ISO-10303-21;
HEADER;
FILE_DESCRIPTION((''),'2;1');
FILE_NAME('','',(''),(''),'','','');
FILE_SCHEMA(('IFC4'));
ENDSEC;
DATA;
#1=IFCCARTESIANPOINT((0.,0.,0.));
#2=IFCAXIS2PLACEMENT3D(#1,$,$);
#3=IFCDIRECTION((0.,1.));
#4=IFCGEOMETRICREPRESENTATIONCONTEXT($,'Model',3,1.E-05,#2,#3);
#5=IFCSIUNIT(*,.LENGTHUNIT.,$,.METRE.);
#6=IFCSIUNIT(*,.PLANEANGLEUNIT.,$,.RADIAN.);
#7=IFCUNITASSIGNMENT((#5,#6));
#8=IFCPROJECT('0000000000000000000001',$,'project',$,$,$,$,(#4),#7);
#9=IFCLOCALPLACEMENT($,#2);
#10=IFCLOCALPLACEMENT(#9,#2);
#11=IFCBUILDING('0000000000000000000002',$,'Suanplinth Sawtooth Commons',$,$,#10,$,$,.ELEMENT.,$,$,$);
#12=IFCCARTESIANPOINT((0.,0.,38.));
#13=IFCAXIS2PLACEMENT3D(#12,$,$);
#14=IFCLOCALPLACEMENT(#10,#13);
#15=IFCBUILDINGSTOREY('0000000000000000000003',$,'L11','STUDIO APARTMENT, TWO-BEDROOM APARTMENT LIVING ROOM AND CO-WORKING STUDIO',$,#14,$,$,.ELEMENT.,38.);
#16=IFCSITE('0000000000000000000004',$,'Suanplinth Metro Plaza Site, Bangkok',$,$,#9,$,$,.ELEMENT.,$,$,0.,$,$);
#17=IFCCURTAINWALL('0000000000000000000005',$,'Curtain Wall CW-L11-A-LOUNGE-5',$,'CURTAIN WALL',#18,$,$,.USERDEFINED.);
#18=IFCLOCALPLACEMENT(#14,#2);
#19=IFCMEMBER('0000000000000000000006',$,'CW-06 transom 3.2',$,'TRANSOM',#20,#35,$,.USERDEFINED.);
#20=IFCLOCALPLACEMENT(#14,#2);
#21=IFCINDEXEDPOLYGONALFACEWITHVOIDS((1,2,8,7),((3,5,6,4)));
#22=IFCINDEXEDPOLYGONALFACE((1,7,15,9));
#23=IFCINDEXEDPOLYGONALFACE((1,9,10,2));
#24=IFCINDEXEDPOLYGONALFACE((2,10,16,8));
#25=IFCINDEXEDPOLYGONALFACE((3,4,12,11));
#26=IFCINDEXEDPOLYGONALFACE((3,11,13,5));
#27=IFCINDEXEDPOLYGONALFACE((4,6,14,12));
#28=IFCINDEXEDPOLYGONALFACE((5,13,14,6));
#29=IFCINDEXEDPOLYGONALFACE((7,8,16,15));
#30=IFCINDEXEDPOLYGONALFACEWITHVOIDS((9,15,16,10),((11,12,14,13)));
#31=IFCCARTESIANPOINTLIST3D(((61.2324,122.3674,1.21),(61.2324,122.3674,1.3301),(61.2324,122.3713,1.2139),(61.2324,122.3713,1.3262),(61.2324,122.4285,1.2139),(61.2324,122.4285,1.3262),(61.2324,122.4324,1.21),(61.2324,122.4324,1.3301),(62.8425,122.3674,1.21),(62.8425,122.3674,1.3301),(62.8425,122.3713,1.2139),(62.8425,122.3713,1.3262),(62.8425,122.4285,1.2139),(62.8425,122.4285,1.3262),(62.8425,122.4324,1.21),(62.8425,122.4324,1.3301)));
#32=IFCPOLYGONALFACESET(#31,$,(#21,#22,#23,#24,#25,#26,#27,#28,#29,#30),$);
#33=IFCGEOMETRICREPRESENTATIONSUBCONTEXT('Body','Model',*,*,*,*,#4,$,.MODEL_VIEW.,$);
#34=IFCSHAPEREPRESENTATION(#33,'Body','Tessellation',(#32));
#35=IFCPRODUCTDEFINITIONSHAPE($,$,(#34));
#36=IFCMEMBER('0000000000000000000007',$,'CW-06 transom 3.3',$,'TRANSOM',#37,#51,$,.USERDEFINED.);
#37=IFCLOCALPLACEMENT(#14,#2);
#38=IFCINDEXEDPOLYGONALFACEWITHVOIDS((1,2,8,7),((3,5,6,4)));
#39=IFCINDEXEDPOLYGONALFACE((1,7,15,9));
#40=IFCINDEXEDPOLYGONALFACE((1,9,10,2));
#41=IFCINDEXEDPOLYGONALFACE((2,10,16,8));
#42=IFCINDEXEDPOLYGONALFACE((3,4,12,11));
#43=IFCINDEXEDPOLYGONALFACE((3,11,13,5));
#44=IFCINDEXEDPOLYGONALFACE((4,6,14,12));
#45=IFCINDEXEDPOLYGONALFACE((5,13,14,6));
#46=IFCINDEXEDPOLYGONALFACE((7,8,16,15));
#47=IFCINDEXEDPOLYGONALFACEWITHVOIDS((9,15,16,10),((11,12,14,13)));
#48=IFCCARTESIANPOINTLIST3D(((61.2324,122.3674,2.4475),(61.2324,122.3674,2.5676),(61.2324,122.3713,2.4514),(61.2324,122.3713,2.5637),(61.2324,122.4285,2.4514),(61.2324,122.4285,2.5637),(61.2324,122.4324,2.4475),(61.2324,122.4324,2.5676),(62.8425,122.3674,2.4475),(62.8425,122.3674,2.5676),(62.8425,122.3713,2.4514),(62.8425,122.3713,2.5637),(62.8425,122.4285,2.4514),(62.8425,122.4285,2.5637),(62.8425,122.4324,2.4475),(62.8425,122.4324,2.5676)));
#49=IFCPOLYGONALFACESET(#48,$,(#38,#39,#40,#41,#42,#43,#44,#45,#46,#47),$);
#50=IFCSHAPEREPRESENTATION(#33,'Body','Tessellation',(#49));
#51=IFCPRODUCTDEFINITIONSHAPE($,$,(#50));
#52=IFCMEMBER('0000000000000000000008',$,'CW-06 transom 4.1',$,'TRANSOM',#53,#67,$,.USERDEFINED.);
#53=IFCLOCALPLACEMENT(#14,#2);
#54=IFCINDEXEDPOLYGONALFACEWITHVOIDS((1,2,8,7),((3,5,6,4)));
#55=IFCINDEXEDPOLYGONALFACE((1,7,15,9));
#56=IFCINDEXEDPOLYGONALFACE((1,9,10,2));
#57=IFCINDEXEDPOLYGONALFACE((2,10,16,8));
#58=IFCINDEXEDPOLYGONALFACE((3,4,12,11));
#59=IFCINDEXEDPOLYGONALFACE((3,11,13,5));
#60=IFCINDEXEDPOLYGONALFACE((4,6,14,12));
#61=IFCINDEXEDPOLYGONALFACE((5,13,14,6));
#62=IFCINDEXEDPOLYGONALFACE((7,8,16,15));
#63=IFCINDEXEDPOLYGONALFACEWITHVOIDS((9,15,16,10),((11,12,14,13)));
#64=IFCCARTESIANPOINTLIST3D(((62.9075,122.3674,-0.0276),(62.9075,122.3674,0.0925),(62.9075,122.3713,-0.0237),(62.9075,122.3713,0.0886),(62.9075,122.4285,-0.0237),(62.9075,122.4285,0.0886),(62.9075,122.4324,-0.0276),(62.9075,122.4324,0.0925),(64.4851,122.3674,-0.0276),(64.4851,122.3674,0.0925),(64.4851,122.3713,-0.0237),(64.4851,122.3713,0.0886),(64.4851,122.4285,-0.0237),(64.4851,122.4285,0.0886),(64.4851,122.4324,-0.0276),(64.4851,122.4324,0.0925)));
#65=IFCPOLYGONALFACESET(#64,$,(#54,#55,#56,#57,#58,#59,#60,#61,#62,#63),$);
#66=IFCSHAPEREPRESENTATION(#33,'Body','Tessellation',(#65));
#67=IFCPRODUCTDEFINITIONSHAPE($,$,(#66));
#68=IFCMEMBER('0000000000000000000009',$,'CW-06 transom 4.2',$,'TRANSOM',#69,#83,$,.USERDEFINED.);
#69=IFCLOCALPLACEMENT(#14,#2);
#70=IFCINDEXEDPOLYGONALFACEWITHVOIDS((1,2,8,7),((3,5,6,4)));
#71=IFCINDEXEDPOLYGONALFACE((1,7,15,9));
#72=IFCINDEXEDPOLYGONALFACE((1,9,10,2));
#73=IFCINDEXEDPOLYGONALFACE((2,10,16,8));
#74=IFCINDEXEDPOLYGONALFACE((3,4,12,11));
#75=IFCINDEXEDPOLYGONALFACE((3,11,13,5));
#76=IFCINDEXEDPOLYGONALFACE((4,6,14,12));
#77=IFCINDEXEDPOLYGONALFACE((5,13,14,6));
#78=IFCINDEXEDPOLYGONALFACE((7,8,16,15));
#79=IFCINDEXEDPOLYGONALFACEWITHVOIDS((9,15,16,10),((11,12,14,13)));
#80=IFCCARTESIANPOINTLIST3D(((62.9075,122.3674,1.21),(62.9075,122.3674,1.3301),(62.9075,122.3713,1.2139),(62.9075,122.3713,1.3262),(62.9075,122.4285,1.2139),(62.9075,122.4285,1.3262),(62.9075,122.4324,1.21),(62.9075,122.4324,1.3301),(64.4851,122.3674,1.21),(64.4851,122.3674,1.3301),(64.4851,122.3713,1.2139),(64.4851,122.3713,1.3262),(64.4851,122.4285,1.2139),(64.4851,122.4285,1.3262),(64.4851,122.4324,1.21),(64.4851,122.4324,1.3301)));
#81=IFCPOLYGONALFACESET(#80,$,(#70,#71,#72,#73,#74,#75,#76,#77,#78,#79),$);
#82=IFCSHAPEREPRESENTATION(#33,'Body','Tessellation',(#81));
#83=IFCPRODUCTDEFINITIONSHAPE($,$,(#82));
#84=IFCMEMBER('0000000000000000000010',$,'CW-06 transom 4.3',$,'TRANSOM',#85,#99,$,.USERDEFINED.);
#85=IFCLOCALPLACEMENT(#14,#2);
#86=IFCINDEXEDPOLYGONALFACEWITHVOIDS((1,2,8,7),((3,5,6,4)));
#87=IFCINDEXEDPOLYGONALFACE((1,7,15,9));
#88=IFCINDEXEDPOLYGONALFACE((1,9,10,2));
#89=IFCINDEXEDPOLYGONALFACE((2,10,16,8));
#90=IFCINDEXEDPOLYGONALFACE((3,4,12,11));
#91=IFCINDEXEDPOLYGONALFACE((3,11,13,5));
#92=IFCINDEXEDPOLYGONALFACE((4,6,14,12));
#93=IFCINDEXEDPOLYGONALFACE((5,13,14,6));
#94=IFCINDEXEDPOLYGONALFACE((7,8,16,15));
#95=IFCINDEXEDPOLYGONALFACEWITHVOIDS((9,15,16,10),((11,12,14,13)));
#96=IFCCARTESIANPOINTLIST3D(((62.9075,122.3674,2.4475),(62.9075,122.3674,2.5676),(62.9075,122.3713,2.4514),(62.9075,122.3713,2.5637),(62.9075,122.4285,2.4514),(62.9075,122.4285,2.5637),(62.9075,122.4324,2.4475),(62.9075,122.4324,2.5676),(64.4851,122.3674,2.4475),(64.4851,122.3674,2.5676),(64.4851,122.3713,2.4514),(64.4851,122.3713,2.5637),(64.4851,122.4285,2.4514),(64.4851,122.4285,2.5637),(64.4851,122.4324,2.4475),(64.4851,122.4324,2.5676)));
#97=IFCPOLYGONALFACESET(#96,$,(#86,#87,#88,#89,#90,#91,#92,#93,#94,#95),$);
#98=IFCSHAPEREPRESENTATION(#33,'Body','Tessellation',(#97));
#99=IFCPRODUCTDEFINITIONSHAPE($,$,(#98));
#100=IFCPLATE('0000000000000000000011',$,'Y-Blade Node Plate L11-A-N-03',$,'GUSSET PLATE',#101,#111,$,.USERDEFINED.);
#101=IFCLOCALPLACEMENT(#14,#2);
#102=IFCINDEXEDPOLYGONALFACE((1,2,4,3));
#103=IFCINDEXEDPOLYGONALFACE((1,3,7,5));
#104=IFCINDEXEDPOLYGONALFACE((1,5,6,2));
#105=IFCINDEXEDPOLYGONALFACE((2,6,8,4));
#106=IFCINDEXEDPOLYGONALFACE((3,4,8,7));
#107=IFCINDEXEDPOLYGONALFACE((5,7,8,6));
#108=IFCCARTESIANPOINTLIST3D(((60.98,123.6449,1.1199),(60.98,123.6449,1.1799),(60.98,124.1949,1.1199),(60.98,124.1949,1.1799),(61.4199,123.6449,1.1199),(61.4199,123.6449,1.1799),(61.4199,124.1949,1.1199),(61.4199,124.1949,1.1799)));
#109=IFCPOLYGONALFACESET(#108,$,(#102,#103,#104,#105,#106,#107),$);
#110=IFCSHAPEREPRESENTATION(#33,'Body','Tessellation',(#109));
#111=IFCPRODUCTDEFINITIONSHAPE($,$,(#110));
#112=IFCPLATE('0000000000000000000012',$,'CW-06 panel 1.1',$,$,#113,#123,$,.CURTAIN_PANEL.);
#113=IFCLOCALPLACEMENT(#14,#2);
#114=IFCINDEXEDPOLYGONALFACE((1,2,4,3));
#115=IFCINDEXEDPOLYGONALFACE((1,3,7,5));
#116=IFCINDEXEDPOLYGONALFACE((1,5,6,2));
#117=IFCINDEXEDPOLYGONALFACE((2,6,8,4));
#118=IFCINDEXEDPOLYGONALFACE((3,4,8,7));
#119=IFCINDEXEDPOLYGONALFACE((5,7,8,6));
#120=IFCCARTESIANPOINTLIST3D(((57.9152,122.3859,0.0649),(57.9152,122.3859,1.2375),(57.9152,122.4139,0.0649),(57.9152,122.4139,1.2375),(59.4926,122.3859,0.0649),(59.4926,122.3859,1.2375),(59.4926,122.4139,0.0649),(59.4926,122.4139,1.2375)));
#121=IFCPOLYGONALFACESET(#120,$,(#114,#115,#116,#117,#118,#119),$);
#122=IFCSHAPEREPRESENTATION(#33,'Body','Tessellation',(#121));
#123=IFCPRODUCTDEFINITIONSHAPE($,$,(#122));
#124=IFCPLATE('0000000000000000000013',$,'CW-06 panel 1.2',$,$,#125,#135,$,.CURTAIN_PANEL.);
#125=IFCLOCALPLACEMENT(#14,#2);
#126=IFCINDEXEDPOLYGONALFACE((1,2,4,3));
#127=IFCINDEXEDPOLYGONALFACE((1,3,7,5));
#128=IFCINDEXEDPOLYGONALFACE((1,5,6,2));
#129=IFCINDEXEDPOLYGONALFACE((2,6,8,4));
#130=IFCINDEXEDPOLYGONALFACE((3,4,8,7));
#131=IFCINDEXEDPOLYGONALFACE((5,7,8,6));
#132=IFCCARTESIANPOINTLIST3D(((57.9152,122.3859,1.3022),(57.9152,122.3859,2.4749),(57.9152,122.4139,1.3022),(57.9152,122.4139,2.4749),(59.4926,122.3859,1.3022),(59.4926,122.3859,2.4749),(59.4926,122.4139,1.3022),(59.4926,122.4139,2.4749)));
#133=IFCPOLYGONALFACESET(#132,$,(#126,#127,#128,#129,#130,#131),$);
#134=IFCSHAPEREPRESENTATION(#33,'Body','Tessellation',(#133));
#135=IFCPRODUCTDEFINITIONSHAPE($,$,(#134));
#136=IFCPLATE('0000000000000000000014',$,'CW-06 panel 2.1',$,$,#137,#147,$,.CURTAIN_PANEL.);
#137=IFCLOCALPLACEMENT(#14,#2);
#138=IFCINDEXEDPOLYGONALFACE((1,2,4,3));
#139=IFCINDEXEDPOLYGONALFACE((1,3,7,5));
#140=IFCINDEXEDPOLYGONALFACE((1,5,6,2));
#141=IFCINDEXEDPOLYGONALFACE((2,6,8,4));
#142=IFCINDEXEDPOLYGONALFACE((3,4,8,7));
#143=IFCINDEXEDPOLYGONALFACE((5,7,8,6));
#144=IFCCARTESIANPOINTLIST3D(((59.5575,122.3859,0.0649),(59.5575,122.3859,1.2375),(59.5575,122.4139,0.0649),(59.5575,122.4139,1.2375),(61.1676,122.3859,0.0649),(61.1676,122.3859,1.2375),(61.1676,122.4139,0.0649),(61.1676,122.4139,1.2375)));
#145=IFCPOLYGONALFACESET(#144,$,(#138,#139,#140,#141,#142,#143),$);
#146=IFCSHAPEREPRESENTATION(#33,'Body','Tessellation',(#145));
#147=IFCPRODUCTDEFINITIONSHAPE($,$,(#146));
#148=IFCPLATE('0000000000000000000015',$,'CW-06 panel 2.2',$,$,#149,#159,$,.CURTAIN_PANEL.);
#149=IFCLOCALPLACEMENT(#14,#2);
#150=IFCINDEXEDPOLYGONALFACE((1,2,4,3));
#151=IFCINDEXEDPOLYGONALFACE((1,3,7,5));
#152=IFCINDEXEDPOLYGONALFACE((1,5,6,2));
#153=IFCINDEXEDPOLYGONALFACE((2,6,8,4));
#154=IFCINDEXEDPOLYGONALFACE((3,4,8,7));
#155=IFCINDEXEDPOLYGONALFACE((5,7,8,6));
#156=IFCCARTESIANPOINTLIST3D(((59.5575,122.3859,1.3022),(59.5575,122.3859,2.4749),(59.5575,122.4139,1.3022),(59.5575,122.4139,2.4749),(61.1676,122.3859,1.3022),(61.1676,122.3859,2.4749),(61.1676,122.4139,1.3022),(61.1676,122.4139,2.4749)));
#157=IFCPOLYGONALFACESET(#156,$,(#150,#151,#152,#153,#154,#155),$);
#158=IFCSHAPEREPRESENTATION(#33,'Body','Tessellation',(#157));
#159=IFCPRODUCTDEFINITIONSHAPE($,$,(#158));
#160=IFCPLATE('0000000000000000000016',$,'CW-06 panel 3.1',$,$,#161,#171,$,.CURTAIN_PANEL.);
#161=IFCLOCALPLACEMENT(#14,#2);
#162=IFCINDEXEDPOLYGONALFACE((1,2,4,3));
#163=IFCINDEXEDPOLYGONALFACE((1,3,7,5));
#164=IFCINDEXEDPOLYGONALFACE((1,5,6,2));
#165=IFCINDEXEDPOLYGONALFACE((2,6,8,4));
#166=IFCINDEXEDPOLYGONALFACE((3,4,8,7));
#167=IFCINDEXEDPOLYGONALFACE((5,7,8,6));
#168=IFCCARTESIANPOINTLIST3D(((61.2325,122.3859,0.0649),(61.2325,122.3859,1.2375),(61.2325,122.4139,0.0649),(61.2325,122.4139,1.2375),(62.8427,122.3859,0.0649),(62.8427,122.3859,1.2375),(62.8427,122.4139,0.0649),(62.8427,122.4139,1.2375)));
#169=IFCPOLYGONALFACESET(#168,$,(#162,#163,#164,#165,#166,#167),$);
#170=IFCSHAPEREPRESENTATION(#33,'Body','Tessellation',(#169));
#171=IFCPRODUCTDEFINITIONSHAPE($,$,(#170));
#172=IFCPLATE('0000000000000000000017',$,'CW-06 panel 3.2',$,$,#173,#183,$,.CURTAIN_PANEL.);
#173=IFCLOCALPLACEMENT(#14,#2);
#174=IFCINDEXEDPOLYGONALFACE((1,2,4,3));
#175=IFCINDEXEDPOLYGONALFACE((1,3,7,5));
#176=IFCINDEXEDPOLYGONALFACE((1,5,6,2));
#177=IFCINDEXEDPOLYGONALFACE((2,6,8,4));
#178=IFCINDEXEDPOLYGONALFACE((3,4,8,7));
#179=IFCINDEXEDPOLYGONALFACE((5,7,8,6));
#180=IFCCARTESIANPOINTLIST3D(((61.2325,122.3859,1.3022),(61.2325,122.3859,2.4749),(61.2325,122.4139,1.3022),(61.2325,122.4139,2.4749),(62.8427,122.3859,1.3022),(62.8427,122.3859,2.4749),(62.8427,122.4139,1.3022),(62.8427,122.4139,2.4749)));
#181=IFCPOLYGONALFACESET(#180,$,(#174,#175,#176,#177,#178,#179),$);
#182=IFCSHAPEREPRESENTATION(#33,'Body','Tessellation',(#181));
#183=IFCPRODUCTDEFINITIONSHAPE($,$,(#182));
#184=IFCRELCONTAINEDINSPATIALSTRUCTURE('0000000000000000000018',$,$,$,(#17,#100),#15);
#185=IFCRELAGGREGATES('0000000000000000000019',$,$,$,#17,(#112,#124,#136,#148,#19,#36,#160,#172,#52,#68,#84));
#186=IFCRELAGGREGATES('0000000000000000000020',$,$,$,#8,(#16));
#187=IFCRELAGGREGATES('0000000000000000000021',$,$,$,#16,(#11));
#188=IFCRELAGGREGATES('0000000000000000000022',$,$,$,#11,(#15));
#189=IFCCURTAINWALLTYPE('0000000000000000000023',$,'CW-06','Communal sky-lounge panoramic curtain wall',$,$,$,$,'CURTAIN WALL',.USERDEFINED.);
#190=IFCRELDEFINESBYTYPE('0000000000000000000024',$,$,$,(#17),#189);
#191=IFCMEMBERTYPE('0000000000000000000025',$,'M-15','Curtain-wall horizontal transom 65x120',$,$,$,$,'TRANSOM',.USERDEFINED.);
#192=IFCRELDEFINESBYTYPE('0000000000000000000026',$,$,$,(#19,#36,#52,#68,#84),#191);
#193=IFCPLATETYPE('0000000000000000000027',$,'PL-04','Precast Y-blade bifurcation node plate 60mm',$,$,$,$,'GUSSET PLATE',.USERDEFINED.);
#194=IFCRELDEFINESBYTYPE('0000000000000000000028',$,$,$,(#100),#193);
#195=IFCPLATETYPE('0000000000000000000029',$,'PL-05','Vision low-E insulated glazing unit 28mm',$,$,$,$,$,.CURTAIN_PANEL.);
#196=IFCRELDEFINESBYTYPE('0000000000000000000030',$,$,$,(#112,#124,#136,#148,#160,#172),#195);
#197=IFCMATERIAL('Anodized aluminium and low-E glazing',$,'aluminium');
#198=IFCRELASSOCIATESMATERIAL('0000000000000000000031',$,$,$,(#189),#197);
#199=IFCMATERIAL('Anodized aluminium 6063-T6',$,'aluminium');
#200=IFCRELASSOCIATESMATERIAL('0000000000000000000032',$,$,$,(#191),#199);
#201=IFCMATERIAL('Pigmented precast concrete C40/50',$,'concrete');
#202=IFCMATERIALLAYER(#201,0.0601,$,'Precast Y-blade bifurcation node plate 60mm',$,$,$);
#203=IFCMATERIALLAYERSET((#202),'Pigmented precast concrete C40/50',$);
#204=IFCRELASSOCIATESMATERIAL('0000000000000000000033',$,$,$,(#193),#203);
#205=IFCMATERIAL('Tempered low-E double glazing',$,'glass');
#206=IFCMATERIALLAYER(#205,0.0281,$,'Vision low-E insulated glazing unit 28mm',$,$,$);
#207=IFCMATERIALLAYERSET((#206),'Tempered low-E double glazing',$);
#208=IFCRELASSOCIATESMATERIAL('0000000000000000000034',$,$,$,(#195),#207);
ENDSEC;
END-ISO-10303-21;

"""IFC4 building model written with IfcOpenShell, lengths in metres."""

from ifc_helpers import new_model, si_unit, direction, frame, origin, origin_2d, place, context, subcontext, project, spatial, rectangle, hollow_rectangle, extrude, material, layer, layer_set, material_profile, profile_set, type_object, element, aggregate, save


model = new_model("IFC4")

# Units and contexts
model_context = context("Model", 3, precision=1e-05, world=origin(), true_north=direction((0.0, 1.0)))
body_context = subcontext(model_context, "Body", "Model", "MODEL_VIEW")
ifc_project = project(units=[si_unit("LENGTHUNIT", "METRE"), si_unit("PLANEANGLEUNIT", "RADIAN")], contexts=[model_context])

# Site, building, storey
site_placement = place(None, origin())
site = spatial("IfcSite", under=ifc_project, at=site_placement, Name="Suanplinth Metro Plaza Site, Bangkok", CompositionType="ELEMENT", RefElevation=0.0)
building_placement = place(site_placement, origin())
building = spatial("IfcBuilding", under=site, at=building_placement, Name="Suanplinth Sawtooth Commons", CompositionType="ELEMENT")
storey_placement = place(building_placement, frame((0.0, 0.0, 38.0)))
storey = spatial("IfcBuildingStorey", under=building, at=storey_placement, Name="L11", Description="STUDIO APARTMENT, TWO-BEDROOM APARTMENT LIVING ROOM AND CO-WORKING STUDIO", CompositionType="ELEMENT", Elevation=38.0)

# Shared definitions
ifc_material_1 = material(Name="Pigmented precast concrete C40/50", Category="concrete")

# Curtain wall, members
ifc_material_2 = material(Name="Anodized aluminium and low-E glazing", Category="aluminium")
curtain_wall_type = type_object("IfcCurtainWallType", Name="CW-06", Description="Communal sky-lounge panoramic curtain wall", ElementType="CURTAIN WALL", PredefinedType="USERDEFINED", material=ifc_material_2)
curtain_wall_placement = place(storey_placement, origin())
curtain_wall = element("IfcCurtainWall", 1, at=curtain_wall_placement, inside=storey, type_object=curtain_wall_type, Name="Curtain Wall CW-L11-A-LOUNGE-5", ObjectType="CURTAIN WALL", PredefinedType="USERDEFINED")
ifc_material_3 = material(Name="Anodized aluminium 6063-T6", Category="aluminium")
ifc_material_profile_1 = material_profile(ifc_material_3, hollow_rectangle(XDim=0.0649, YDim=0.1201, WallThickness=0.0039, at=origin_2d()), Name="ALU-TRN 65x120")
ifc_profile_set_1 = profile_set([ifc_material_profile_1], Name="Anodized aluminium 6063-T6")
member_type_1 = type_object("IfcMemberType", Name="M-15", Description="Curtain-wall horizontal transom 65x120", ElementType="TRANSOM", PredefinedType="USERDEFINED", material=ifc_profile_set_1)
member_1_placement = place(storey_placement, frame((61.2324, 122.3999, 1.27), z_axis=(1.0, 0.0, 0.0), x_axis=(0.0, 1.0, 0.0)))
member_1 = element("IfcMember", 2, at=member_1_placement, type_object=member_type_1, Name="CW-06 transom 3.2", ObjectType="TRANSOM", PredefinedType="USERDEFINED", context=body_context, shape_type="SweptSolid", body=[
    extrude(hollow_rectangle(XDim=0.0649, YDim=0.1201, WallThickness=0.0039, at=origin_2d()), origin(), (0.0, 0.0, 1.0), 1.6101),
])
member_2_placement = place(storey_placement, frame((61.2324, 122.3999, 2.5076), z_axis=(1.0, 0.0, 0.0), x_axis=(0.0, 1.0, 0.0)))
member_2 = element("IfcMember", 3, at=member_2_placement, type_object=member_type_1, Name="CW-06 transom 3.3", ObjectType="TRANSOM", PredefinedType="USERDEFINED", context=body_context, shape_type="SweptSolid", body=[
    extrude(hollow_rectangle(XDim=0.0649, YDim=0.1201, WallThickness=0.0039, at=origin_2d()), origin(), (0.0, 0.0, 1.0), 1.6101),
])
member_3_placement = place(storey_placement, frame((62.9075, 122.3999, 0.0325), z_axis=(1.0, 0.0, 0.0), x_axis=(0.0, 1.0, 0.0)))
member_3 = element("IfcMember", 4, at=member_3_placement, type_object=member_type_1, Name="CW-06 transom 4.1", ObjectType="TRANSOM", PredefinedType="USERDEFINED", context=body_context, shape_type="SweptSolid", body=[
    extrude(hollow_rectangle(XDim=0.0649, YDim=0.1201, WallThickness=0.0039, at=origin_2d()), origin(), (0.0, 0.0, 1.0), 1.5776),
])
member_4_placement = place(storey_placement, frame((62.9075, 122.3999, 1.27), z_axis=(1.0, 0.0, 0.0), x_axis=(0.0, 1.0, 0.0)))
member_4 = element("IfcMember", 5, at=member_4_placement, type_object=member_type_1, Name="CW-06 transom 4.2", ObjectType="TRANSOM", PredefinedType="USERDEFINED", context=body_context, shape_type="SweptSolid", body=[
    extrude(hollow_rectangle(XDim=0.0649, YDim=0.1201, WallThickness=0.0039, at=origin_2d()), origin(), (0.0, 0.0, 1.0), 1.5776),
])
member_5_placement = place(storey_placement, frame((62.9075, 122.3999, 2.5076), z_axis=(1.0, 0.0, 0.0), x_axis=(0.0, 1.0, 0.0)))
member_5 = element("IfcMember", 6, at=member_5_placement, type_object=member_type_1, Name="CW-06 transom 4.3", ObjectType="TRANSOM", PredefinedType="USERDEFINED", context=body_context, shape_type="SweptSolid", body=[
    extrude(hollow_rectangle(XDim=0.0649, YDim=0.1201, WallThickness=0.0039, at=origin_2d()), origin(), (0.0, 0.0, 1.0), 1.5776),
])

# Plates
ifc_layer_1 = layer(ifc_material_1, 0.0601, Name="Precast Y-blade bifurcation node plate 60mm")
ifc_layer_set_1 = layer_set([ifc_layer_1], Name="Pigmented precast concrete C40/50")
plate_type_1 = type_object("IfcPlateType", Name="PL-04", Description="Precast Y-blade bifurcation node plate 60mm", ElementType="GUSSET PLATE", PredefinedType="USERDEFINED", material=ifc_layer_set_1)
plate_1_placement = place(storey_placement, frame((61.2, 123.9199, 1.1199), z_axis=(0.0, 0.0, 1.0), x_axis=(1.0, 0.0, 0.0)))
element("IfcPlate", 7, at=plate_1_placement, inside=storey, type_object=plate_type_1, Name="Y-Blade Node Plate L11-A-N-03", ObjectType="GUSSET PLATE", PredefinedType="USERDEFINED", context=body_context, shape_type="SweptSolid", body=[
    extrude(rectangle(XDim=0.4399, YDim=0.55, at=origin_2d()), origin(), (0.0, 0.0, 1.0), 0.0601),
])
ifc_material_4 = material(Name="Tempered low-E double glazing", Category="glass")
ifc_layer_2 = layer(ifc_material_4, 0.0281, Name="Vision low-E insulated glazing unit 28mm")
ifc_layer_set_2 = layer_set([ifc_layer_2], Name="Tempered low-E double glazing")
plate_type_2 = type_object("IfcPlateType", Name="PL-05", Description="Vision low-E insulated glazing unit 28mm", PredefinedType="CURTAIN_PANEL", material=ifc_layer_set_2)
plate_2_placement = place(storey_placement, frame((58.7039, 122.3999, 0.0649), z_axis=(0.0, 0.0, 1.0), x_axis=(1.0, 0.0, 0.0)))
plate_2 = element("IfcPlate", 8, at=plate_2_placement, type_object=plate_type_2, Name="CW-06 panel 1.1", PredefinedType="CURTAIN_PANEL", context=body_context, shape_type="SweptSolid", body=[
    extrude(rectangle(XDim=1.5774, YDim=0.0281, at=origin_2d()), origin(), (0.0, 0.0, 1.0), 1.1726),
])
plate_3_placement = place(storey_placement, frame((58.7039, 122.3999, 1.3022), z_axis=(0.0, 0.0, 1.0), x_axis=(1.0, 0.0, 0.0)))
plate_3 = element("IfcPlate", 9, at=plate_3_placement, type_object=plate_type_2, Name="CW-06 panel 1.2", PredefinedType="CURTAIN_PANEL", context=body_context, shape_type="SweptSolid", body=[
    extrude(rectangle(XDim=1.5774, YDim=0.0281, at=origin_2d()), origin(), (0.0, 0.0, 1.0), 1.1726),
])
plate_4_placement = place(storey_placement, frame((60.3625, 122.3999, 0.0649), z_axis=(0.0, 0.0, 1.0), x_axis=(1.0, 0.0, 0.0)))
plate_4 = element("IfcPlate", 10, at=plate_4_placement, type_object=plate_type_2, Name="CW-06 panel 2.1", PredefinedType="CURTAIN_PANEL", context=body_context, shape_type="SweptSolid", body=[
    extrude(rectangle(XDim=1.6101, YDim=0.0281, at=origin_2d()), origin(), (0.0, 0.0, 1.0), 1.1726),
])
plate_5_placement = place(storey_placement, frame((60.3625, 122.3999, 1.3022), z_axis=(0.0, 0.0, 1.0), x_axis=(1.0, 0.0, 0.0)))
plate_5 = element("IfcPlate", 11, at=plate_5_placement, type_object=plate_type_2, Name="CW-06 panel 2.2", PredefinedType="CURTAIN_PANEL", context=body_context, shape_type="SweptSolid", body=[
    extrude(rectangle(XDim=1.6101, YDim=0.0281, at=origin_2d()), origin(), (0.0, 0.0, 1.0), 1.1726),
])
plate_6_placement = place(storey_placement, frame((62.0376, 122.3999, 0.0649), z_axis=(0.0, 0.0, 1.0), x_axis=(1.0, 0.0, 0.0)))
plate_6 = element("IfcPlate", 12, at=plate_6_placement, type_object=plate_type_2, Name="CW-06 panel 3.1", PredefinedType="CURTAIN_PANEL", context=body_context, shape_type="SweptSolid", body=[
    extrude(rectangle(XDim=1.6101, YDim=0.0281, at=origin_2d()), origin(), (0.0, 0.0, 1.0), 1.1726),
])
plate_7_placement = place(storey_placement, frame((62.0376, 122.3999, 1.3022), z_axis=(0.0, 0.0, 1.0), x_axis=(1.0, 0.0, 0.0)))
plate_7 = element("IfcPlate", 13, at=plate_7_placement, type_object=plate_type_2, Name="CW-06 panel 3.2", PredefinedType="CURTAIN_PANEL", context=body_context, shape_type="SweptSolid", body=[
    extrude(rectangle(XDim=1.6101, YDim=0.0281, at=origin_2d()), origin(), (0.0, 0.0, 1.0), 1.1726),
])
aggregate(curtain_wall, [plate_2, plate_3, plate_4, plate_5, member_1, member_2, plate_6, plate_7, member_3, member_4, member_5])

save(model, "model.ifc")
